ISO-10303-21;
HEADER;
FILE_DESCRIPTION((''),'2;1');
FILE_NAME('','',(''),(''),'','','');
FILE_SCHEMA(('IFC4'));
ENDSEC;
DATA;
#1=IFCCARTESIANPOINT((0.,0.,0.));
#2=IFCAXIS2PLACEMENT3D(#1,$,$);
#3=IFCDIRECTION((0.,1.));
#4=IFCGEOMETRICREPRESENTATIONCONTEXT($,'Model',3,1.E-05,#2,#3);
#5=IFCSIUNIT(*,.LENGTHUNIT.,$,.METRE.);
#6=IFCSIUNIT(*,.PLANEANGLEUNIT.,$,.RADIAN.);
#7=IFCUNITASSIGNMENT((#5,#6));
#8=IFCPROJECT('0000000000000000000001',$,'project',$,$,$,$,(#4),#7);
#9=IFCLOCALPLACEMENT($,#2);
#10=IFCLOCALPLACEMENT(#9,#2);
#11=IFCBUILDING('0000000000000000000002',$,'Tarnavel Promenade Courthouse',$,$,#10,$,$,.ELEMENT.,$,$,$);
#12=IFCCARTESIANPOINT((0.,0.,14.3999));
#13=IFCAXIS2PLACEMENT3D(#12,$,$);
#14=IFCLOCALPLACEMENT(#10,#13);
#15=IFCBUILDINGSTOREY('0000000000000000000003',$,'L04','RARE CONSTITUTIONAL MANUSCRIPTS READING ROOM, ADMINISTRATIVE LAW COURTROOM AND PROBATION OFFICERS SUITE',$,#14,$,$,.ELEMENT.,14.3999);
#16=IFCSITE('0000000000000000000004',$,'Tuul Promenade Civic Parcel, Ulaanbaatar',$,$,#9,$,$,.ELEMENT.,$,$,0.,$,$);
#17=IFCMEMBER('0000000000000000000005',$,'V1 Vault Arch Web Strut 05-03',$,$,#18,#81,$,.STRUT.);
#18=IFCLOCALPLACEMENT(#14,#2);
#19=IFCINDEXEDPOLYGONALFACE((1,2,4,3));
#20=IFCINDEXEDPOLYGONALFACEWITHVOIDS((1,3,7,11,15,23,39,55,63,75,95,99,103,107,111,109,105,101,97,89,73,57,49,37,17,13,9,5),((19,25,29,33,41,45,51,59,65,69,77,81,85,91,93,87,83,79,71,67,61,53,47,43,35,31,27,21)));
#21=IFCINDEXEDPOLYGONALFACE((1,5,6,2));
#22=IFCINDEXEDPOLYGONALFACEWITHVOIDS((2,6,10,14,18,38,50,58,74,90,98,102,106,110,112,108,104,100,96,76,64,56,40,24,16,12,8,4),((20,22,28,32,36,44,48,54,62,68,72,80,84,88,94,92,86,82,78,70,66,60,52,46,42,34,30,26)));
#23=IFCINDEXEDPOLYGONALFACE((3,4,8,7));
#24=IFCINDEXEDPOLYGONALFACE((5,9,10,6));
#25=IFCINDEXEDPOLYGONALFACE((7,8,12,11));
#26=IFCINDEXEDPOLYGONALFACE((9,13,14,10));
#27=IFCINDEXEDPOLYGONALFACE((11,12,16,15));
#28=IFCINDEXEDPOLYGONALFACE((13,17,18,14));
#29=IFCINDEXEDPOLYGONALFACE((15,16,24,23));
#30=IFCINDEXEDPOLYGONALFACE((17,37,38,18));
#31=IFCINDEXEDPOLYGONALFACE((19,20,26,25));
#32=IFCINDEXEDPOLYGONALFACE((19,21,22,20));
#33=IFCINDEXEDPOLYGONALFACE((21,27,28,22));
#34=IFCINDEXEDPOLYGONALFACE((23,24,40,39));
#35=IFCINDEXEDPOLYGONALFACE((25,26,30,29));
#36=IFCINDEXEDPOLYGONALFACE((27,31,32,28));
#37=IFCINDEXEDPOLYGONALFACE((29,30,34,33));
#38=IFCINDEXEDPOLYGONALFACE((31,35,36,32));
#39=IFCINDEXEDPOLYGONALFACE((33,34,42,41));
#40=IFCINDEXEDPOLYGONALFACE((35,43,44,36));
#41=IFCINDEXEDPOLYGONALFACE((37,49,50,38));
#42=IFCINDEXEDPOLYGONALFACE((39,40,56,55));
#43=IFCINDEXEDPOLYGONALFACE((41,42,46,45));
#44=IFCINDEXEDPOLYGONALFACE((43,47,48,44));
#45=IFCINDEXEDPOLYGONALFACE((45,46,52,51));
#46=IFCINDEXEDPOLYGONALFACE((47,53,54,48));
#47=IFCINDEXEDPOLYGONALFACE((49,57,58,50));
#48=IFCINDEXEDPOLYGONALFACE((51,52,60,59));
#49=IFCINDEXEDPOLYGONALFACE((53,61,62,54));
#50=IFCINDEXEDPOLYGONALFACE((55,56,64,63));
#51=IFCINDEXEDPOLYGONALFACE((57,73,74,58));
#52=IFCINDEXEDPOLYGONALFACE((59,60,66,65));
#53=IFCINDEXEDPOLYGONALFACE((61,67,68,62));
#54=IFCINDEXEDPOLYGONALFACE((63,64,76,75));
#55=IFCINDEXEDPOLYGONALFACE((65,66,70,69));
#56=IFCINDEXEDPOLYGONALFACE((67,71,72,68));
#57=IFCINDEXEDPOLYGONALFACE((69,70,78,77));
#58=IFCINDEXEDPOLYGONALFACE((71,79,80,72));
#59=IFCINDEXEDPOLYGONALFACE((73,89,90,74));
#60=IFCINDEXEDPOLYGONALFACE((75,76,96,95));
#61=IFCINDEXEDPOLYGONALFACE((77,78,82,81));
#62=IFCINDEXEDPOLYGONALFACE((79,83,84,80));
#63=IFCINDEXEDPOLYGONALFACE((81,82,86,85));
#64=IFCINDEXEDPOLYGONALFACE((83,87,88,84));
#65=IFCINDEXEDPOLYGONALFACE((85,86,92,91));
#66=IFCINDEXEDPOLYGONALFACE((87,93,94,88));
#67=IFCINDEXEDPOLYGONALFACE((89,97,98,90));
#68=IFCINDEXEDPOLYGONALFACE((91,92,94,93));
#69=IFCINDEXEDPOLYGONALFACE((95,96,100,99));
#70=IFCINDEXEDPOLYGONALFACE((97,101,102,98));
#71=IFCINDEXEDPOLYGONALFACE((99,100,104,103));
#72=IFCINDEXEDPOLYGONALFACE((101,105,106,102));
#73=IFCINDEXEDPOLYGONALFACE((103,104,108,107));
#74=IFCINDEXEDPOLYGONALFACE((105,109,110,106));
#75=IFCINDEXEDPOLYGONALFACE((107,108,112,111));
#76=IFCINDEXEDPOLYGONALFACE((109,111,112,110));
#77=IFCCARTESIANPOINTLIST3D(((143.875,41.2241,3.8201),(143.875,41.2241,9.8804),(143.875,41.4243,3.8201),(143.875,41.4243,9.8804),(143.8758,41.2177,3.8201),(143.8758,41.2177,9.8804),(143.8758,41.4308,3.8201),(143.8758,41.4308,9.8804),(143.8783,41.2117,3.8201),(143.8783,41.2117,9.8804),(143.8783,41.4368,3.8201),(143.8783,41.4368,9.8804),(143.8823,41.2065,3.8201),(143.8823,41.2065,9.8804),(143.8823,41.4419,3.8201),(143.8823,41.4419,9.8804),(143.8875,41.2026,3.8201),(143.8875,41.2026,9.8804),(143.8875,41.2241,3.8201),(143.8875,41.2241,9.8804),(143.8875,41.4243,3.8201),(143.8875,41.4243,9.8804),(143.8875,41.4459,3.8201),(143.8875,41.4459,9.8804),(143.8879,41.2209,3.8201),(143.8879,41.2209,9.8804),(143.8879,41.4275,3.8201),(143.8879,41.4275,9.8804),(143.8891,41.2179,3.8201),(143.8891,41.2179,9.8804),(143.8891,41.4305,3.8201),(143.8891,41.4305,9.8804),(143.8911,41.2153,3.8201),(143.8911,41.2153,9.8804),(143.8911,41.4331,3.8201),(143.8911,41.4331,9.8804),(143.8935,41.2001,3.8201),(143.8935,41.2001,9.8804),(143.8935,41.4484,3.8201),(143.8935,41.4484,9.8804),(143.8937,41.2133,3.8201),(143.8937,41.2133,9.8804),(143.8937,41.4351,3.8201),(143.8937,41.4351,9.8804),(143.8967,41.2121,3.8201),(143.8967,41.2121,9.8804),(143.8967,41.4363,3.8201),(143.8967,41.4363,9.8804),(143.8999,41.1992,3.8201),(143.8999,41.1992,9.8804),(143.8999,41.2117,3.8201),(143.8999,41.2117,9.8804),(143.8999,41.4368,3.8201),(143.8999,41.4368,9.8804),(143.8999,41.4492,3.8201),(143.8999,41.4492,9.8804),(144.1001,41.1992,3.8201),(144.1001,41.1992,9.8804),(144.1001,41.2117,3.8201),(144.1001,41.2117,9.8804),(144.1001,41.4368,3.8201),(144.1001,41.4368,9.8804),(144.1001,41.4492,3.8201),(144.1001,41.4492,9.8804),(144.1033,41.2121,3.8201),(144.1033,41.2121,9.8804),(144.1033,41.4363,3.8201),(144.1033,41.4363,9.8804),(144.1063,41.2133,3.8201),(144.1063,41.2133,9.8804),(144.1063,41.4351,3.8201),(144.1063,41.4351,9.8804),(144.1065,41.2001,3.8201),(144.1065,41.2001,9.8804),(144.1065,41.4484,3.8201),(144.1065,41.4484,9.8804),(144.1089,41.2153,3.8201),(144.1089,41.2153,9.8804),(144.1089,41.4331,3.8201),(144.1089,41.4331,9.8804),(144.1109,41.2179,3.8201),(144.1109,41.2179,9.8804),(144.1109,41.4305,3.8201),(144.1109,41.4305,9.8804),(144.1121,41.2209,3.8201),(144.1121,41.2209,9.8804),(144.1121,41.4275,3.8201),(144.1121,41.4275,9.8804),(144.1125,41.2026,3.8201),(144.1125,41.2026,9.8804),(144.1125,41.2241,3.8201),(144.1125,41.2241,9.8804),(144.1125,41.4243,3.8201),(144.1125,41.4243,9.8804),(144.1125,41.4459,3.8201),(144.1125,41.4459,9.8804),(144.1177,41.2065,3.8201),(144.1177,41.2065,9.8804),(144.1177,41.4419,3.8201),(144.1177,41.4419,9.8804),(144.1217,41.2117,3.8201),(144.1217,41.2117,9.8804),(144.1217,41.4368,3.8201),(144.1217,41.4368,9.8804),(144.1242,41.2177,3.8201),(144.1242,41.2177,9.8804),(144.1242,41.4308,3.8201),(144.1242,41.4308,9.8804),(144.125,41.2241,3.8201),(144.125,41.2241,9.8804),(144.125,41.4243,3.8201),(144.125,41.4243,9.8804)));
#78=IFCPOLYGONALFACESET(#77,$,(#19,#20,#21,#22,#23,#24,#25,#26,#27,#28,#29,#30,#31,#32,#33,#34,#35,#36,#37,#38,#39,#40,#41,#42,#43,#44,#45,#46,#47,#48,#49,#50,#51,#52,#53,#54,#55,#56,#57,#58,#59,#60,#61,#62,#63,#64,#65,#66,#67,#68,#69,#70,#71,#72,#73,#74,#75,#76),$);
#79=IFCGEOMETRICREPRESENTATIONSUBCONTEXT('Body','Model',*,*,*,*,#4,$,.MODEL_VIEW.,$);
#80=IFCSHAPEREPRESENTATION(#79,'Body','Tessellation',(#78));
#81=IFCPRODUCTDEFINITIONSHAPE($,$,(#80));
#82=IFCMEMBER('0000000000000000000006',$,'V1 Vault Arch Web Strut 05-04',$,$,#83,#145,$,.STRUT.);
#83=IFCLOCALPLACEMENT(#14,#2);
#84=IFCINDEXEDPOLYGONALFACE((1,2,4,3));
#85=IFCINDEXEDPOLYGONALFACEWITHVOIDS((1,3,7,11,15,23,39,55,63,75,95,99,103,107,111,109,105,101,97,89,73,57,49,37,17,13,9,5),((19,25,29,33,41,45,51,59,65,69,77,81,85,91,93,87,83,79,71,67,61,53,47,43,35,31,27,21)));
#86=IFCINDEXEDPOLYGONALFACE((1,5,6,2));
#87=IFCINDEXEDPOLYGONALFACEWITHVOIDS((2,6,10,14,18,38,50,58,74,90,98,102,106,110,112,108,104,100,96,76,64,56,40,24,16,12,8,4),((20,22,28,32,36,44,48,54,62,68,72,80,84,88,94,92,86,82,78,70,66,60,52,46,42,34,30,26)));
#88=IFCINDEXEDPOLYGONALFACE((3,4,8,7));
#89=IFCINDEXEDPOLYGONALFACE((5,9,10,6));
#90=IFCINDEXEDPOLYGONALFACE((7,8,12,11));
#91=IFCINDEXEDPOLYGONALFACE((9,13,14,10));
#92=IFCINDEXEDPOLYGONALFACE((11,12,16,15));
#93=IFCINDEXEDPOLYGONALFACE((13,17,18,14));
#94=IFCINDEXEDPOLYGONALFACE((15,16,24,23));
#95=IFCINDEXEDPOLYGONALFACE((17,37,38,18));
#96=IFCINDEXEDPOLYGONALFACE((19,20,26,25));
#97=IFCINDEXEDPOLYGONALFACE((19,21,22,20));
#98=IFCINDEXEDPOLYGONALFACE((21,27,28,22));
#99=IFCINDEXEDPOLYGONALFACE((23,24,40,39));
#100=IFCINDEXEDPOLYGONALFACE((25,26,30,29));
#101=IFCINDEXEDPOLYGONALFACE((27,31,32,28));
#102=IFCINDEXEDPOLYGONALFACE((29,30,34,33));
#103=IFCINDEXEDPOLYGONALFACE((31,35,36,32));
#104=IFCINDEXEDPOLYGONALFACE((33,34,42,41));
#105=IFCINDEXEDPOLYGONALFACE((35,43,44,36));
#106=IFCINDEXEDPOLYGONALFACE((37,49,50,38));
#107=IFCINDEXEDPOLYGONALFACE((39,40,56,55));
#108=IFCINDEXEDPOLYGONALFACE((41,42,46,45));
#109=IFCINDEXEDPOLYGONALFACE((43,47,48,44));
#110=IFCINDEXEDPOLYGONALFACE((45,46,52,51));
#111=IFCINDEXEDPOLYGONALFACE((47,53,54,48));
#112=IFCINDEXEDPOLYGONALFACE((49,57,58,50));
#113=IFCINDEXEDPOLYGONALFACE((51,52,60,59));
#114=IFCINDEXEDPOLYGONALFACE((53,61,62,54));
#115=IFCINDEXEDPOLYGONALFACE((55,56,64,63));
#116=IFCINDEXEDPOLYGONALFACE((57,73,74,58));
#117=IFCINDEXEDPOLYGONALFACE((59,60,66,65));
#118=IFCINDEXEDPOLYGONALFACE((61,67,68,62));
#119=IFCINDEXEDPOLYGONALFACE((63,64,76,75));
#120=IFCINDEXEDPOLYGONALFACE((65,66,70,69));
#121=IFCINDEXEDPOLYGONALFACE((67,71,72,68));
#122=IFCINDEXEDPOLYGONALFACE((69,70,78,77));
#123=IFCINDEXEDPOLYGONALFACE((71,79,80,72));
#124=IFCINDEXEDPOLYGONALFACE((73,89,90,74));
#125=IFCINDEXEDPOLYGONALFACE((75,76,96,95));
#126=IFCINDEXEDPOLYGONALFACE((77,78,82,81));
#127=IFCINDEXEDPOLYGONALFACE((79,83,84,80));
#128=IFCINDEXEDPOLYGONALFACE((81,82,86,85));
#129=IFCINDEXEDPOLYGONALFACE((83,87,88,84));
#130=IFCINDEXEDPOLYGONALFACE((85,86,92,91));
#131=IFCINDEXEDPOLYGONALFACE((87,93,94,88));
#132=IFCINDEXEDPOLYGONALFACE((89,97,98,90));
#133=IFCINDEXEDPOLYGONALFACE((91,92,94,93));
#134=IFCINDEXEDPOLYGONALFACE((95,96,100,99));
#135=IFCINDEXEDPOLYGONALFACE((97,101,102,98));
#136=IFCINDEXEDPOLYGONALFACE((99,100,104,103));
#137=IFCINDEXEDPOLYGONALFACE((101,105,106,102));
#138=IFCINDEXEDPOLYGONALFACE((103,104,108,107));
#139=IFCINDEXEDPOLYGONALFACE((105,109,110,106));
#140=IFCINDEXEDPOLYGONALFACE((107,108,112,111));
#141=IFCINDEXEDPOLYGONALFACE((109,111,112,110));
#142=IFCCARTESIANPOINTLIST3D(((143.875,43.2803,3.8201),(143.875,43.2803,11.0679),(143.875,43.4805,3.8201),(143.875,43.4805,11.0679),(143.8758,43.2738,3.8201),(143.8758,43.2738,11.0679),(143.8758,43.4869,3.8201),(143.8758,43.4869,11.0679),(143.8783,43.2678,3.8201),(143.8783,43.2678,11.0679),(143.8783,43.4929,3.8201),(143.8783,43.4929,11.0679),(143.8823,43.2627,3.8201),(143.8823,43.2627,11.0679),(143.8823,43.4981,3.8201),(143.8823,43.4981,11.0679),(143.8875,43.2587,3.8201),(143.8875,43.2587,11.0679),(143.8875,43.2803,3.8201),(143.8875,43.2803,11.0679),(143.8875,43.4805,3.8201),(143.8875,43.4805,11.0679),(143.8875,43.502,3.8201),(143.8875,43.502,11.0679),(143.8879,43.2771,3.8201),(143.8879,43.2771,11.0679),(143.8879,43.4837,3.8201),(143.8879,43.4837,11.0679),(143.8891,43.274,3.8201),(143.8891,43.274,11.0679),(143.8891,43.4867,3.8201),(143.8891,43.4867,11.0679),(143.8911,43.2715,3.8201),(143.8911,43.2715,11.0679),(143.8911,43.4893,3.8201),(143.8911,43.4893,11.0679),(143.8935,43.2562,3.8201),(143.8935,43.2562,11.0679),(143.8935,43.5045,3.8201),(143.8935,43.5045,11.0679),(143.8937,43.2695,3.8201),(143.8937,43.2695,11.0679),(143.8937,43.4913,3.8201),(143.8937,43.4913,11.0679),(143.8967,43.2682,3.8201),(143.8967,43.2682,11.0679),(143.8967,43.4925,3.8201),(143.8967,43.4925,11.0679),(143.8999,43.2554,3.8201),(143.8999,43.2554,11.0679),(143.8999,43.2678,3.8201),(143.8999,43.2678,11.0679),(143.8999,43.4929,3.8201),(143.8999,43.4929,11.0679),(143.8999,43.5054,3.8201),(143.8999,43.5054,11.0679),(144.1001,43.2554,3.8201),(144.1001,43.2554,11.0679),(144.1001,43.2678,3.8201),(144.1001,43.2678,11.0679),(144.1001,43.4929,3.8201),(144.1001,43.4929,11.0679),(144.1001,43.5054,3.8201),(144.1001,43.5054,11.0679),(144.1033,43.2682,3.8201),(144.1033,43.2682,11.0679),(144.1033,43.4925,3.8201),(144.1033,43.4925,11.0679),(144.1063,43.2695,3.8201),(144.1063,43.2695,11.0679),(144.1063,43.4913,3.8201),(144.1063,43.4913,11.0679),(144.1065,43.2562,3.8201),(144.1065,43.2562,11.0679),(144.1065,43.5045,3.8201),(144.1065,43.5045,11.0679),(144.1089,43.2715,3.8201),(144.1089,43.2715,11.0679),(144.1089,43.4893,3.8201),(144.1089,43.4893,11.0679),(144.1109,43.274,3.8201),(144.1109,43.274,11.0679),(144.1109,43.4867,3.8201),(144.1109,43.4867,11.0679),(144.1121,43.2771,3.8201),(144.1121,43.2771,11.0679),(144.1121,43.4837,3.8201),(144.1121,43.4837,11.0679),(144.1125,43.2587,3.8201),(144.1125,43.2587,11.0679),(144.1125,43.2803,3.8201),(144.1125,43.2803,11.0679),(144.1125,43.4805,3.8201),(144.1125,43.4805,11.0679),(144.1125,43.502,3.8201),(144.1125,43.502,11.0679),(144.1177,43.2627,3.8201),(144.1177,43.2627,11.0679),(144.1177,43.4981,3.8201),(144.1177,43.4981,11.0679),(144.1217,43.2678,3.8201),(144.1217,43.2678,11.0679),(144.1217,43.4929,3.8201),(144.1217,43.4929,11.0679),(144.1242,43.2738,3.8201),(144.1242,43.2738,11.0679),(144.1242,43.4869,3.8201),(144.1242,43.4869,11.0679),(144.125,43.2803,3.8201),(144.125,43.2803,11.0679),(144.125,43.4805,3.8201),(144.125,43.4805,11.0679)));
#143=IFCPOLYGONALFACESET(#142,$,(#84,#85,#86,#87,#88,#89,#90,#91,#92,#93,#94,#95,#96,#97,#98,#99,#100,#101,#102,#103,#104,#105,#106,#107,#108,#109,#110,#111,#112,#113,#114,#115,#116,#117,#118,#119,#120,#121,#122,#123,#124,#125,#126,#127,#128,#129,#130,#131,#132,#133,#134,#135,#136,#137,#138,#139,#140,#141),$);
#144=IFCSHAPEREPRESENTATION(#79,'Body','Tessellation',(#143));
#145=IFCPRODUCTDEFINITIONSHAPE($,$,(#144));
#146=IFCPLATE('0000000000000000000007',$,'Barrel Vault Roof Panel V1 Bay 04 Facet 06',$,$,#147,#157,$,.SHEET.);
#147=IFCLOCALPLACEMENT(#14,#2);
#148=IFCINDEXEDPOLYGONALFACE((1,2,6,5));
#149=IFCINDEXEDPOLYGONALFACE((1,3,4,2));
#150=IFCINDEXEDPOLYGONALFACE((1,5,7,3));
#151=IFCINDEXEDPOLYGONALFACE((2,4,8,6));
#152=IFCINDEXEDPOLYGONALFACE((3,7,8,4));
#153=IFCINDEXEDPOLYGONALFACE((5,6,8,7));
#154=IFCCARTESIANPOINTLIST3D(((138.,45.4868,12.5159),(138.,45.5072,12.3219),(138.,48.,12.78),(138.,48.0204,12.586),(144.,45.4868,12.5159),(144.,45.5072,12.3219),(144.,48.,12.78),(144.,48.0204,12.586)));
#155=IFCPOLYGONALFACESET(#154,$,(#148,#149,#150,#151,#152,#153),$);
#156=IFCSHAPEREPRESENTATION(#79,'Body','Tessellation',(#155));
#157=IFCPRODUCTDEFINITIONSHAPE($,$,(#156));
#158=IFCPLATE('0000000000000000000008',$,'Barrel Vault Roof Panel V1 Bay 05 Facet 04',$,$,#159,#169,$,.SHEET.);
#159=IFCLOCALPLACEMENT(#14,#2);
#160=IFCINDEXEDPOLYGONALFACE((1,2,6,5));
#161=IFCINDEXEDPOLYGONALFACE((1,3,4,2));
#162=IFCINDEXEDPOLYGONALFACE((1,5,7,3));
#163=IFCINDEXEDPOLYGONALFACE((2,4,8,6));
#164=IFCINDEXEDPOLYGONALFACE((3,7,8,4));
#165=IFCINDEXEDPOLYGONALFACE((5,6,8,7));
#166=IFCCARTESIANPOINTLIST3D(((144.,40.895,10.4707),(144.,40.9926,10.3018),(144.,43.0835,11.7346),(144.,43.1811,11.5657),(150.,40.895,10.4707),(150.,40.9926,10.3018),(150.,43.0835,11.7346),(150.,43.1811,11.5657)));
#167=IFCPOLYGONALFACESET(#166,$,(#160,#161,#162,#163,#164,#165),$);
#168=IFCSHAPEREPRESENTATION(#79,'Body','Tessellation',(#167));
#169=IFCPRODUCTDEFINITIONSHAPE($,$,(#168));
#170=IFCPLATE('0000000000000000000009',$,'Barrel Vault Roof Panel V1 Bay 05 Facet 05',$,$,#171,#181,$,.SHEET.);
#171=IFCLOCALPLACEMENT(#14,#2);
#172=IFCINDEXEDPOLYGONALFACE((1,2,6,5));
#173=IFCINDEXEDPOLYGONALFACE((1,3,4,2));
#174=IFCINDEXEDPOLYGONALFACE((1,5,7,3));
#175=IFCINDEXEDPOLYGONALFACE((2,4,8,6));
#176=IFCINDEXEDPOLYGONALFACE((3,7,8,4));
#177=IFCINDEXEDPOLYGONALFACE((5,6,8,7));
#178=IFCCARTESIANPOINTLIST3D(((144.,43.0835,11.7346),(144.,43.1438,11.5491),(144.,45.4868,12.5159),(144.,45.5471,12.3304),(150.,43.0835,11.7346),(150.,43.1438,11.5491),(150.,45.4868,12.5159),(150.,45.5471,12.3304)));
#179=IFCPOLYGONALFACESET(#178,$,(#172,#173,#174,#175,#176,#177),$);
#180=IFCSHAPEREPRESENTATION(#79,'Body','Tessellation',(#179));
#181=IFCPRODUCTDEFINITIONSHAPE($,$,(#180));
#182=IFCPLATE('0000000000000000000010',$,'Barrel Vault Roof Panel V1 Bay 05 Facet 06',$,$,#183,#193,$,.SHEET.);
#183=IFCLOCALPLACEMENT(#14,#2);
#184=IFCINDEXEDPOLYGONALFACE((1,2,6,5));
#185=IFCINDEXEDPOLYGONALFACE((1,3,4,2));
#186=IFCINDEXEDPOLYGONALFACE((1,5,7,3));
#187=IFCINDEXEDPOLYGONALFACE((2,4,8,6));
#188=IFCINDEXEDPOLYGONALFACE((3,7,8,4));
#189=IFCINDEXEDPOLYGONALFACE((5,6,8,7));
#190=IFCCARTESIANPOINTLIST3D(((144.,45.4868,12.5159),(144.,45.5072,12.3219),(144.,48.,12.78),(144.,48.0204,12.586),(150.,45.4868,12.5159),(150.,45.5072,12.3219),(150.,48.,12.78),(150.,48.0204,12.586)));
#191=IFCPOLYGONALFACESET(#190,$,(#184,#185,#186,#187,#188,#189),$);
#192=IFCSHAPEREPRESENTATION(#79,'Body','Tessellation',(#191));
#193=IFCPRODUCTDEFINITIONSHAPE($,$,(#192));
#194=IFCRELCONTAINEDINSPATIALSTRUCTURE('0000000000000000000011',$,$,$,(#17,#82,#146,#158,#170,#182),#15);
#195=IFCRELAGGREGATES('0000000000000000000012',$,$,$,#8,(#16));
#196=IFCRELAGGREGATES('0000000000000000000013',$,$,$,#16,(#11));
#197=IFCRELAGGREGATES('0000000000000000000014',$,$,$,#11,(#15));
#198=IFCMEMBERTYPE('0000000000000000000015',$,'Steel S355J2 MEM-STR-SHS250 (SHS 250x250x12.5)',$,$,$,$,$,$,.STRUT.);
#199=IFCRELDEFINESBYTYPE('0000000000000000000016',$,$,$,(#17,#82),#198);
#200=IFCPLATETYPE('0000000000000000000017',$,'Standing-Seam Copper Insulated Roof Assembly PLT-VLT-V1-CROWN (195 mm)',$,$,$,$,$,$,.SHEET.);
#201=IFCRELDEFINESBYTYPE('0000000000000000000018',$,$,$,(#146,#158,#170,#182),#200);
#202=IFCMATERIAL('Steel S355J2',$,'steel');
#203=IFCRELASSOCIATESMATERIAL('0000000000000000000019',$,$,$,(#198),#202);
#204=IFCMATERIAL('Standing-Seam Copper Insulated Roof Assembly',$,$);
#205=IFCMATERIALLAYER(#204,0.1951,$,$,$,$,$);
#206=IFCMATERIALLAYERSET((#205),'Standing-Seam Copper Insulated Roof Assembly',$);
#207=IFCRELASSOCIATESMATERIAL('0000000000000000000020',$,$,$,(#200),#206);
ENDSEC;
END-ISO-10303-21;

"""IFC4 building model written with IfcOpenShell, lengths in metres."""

from ifc_helpers import new_model, si_unit, direction, frame, origin, origin_2d, place, context, subcontext, project, spatial, polyline, hollow_rectangle, outline, extrude, material, layer, layer_set, material_profile, profile_set, type_object, element, save


model = new_model("IFC4")

# Units and contexts
model_context = context("Model", 3, precision=1e-05, world=origin(), true_north=direction((0.0, 1.0)))
body_context = subcontext(model_context, "Body", "Model", "MODEL_VIEW")
ifc_project = project(units=[si_unit("LENGTHUNIT", "METRE"), si_unit("PLANEANGLEUNIT", "RADIAN")], contexts=[model_context])

# Site, building, storey
site_placement = place(None, origin())
site = spatial("IfcSite", under=ifc_project, at=site_placement, Name="Tuul Promenade Civic Parcel, Ulaanbaatar", CompositionType="ELEMENT", RefElevation=0.0)
building_placement = place(site_placement, origin())
building = spatial("IfcBuilding", under=site, at=building_placement, Name="Tarnavel Promenade Courthouse", CompositionType="ELEMENT")
storey_placement = place(building_placement, frame((0.0, 0.0, 14.3999)))
storey = spatial("IfcBuildingStorey", under=building, at=storey_placement, Name="L04", Description="RARE CONSTITUTIONAL MANUSCRIPTS READING ROOM, ADMINISTRATIVE LAW COURTROOM AND PROBATION OFFICERS SUITE", CompositionType="ELEMENT", Elevation=14.3999)

# Shared definitions
ifc_material_1 = material(Name="Steel S355J2", Category="steel")

# Members
ifc_material_profile_1 = material_profile(ifc_material_1, hollow_rectangle(XDim=0.25, YDim=0.25, WallThickness=0.0125, InnerFilletRadius=0.0125, OuterFilletRadius=0.0249, at=origin_2d()), Name="SHS 250x250x12.5")
ifc_profile_set_1 = profile_set([ifc_material_profile_1], Name="Steel S355J2")
member_type_1 = type_object("IfcMemberType", Name="Steel S355J2 MEM-STR-SHS250 (SHS 250x250x12.5)", PredefinedType="STRUT", material=ifc_profile_set_1)
member_1_placement = place(storey_placement, frame((144.0, 41.3242, 3.8201), z_axis=(0.0, 0.0, 1.0), x_axis=(1.0, 0.0, 0.0)))
element("IfcMember", 1, at=member_1_placement, inside=storey, type_object=member_type_1, Name="V1 Vault Arch Web Strut 05-03", PredefinedType="STRUT", context=body_context, shape_type="SweptSolid", body=[
    extrude(hollow_rectangle(XDim=0.25, YDim=0.25, WallThickness=0.0125, InnerFilletRadius=0.0125, OuterFilletRadius=0.0249, at=origin_2d()), origin(), (0.0, 0.0, 1.0), 6.0603),
])
member_2_placement = place(storey_placement, frame((144.0, 43.3804, 3.8201), z_axis=(0.0, 0.0, 1.0), x_axis=(1.0, 0.0, 0.0)))
element("IfcMember", 2, at=member_2_placement, inside=storey, type_object=member_type_1, Name="V1 Vault Arch Web Strut 05-04", PredefinedType="STRUT", context=body_context, shape_type="SweptSolid", body=[
    extrude(hollow_rectangle(XDim=0.25, YDim=0.25, WallThickness=0.0125, InnerFilletRadius=0.0125, OuterFilletRadius=0.0249, at=origin_2d()), origin(), (0.0, 0.0, 1.0), 7.2478),
])

# Plates
ifc_material_2 = material(Name="Standing-Seam Copper Insulated Roof Assembly")
ifc_layer = layer(ifc_material_2, 0.1951)
ifc_layer_set = layer_set([ifc_layer], Name="Standing-Seam Copper Insulated Roof Assembly")
plate_type = type_object("IfcPlateType", Name="Standing-Seam Copper Insulated Roof Assembly PLT-VLT-V1-CROWN (195 mm)", PredefinedType="SHEET", material=ifc_layer_set)
plate_1_placement = place(storey_placement, frame((138.0, 45.4868, 12.5159), z_axis=(0.0, -0.104534, 0.994521), x_axis=(1.0, 0.0, 0.0)))
element("IfcPlate", 3, at=plate_1_placement, inside=storey, type_object=plate_type, Name="Barrel Vault Roof Panel V1 Bay 04 Facet 06", PredefinedType="SHEET", context=body_context, shape_type="SweptSolid", body=[
    extrude(outline(polyline([(0.0, 0.0), (6.0, 0.0), (6.0, 2.527), (0.0, 2.527), (0.0, 0.0)])), origin(), (0.0, 0.0, -1.0), 0.1951),
])
plate_2_placement = place(storey_placement, frame((144.0, 40.895, 10.4707), z_axis=(0.0, -0.500118, 0.865957), x_axis=(1.0, 0.0, 0.0)))
element("IfcPlate", 4, at=plate_2_placement, inside=storey, type_object=plate_type, Name="Barrel Vault Roof Panel V1 Bay 05 Facet 04", PredefinedType="SHEET", context=body_context, shape_type="SweptSolid", body=[
    extrude(outline(polyline([(0.0, 0.0), (6.0, 0.0), (6.0, 2.5272), (0.0, 2.5272), (0.0, 0.0)])), origin(), (0.0, 0.0, -1.0), 0.1951),
])
plate_3_placement = place(storey_placement, frame((144.0, 43.0835, 11.7346), z_axis=(0.0, -0.309147, 0.951014), x_axis=(1.0, 0.0, 0.0)))
element("IfcPlate", 5, at=plate_3_placement, inside=storey, type_object=plate_type, Name="Barrel Vault Roof Panel V1 Bay 05 Facet 05", PredefinedType="SHEET", context=body_context, shape_type="SweptSolid", body=[
    extrude(outline(polyline([(0.0, 0.0), (6.0, 0.0), (6.0, 2.5271), (0.0, 2.5271), (0.0, 0.0)])), origin(), (0.0, 0.0, -1.0), 0.1951),
])
plate_4_placement = place(storey_placement, frame((144.0, 45.4868, 12.5159), z_axis=(0.0, -0.104534, 0.994521), x_axis=(1.0, 0.0, 0.0)))
element("IfcPlate", 6, at=plate_4_placement, inside=storey, type_object=plate_type, Name="Barrel Vault Roof Panel V1 Bay 05 Facet 06", PredefinedType="SHEET", context=body_context, shape_type="SweptSolid", body=[
    extrude(outline(polyline([(0.0, 0.0), (6.0, 0.0), (6.0, 2.527), (0.0, 2.527), (0.0, 0.0)])), origin(), (0.0, 0.0, -1.0), 0.1951),
])

save(model, "model.ifc")
